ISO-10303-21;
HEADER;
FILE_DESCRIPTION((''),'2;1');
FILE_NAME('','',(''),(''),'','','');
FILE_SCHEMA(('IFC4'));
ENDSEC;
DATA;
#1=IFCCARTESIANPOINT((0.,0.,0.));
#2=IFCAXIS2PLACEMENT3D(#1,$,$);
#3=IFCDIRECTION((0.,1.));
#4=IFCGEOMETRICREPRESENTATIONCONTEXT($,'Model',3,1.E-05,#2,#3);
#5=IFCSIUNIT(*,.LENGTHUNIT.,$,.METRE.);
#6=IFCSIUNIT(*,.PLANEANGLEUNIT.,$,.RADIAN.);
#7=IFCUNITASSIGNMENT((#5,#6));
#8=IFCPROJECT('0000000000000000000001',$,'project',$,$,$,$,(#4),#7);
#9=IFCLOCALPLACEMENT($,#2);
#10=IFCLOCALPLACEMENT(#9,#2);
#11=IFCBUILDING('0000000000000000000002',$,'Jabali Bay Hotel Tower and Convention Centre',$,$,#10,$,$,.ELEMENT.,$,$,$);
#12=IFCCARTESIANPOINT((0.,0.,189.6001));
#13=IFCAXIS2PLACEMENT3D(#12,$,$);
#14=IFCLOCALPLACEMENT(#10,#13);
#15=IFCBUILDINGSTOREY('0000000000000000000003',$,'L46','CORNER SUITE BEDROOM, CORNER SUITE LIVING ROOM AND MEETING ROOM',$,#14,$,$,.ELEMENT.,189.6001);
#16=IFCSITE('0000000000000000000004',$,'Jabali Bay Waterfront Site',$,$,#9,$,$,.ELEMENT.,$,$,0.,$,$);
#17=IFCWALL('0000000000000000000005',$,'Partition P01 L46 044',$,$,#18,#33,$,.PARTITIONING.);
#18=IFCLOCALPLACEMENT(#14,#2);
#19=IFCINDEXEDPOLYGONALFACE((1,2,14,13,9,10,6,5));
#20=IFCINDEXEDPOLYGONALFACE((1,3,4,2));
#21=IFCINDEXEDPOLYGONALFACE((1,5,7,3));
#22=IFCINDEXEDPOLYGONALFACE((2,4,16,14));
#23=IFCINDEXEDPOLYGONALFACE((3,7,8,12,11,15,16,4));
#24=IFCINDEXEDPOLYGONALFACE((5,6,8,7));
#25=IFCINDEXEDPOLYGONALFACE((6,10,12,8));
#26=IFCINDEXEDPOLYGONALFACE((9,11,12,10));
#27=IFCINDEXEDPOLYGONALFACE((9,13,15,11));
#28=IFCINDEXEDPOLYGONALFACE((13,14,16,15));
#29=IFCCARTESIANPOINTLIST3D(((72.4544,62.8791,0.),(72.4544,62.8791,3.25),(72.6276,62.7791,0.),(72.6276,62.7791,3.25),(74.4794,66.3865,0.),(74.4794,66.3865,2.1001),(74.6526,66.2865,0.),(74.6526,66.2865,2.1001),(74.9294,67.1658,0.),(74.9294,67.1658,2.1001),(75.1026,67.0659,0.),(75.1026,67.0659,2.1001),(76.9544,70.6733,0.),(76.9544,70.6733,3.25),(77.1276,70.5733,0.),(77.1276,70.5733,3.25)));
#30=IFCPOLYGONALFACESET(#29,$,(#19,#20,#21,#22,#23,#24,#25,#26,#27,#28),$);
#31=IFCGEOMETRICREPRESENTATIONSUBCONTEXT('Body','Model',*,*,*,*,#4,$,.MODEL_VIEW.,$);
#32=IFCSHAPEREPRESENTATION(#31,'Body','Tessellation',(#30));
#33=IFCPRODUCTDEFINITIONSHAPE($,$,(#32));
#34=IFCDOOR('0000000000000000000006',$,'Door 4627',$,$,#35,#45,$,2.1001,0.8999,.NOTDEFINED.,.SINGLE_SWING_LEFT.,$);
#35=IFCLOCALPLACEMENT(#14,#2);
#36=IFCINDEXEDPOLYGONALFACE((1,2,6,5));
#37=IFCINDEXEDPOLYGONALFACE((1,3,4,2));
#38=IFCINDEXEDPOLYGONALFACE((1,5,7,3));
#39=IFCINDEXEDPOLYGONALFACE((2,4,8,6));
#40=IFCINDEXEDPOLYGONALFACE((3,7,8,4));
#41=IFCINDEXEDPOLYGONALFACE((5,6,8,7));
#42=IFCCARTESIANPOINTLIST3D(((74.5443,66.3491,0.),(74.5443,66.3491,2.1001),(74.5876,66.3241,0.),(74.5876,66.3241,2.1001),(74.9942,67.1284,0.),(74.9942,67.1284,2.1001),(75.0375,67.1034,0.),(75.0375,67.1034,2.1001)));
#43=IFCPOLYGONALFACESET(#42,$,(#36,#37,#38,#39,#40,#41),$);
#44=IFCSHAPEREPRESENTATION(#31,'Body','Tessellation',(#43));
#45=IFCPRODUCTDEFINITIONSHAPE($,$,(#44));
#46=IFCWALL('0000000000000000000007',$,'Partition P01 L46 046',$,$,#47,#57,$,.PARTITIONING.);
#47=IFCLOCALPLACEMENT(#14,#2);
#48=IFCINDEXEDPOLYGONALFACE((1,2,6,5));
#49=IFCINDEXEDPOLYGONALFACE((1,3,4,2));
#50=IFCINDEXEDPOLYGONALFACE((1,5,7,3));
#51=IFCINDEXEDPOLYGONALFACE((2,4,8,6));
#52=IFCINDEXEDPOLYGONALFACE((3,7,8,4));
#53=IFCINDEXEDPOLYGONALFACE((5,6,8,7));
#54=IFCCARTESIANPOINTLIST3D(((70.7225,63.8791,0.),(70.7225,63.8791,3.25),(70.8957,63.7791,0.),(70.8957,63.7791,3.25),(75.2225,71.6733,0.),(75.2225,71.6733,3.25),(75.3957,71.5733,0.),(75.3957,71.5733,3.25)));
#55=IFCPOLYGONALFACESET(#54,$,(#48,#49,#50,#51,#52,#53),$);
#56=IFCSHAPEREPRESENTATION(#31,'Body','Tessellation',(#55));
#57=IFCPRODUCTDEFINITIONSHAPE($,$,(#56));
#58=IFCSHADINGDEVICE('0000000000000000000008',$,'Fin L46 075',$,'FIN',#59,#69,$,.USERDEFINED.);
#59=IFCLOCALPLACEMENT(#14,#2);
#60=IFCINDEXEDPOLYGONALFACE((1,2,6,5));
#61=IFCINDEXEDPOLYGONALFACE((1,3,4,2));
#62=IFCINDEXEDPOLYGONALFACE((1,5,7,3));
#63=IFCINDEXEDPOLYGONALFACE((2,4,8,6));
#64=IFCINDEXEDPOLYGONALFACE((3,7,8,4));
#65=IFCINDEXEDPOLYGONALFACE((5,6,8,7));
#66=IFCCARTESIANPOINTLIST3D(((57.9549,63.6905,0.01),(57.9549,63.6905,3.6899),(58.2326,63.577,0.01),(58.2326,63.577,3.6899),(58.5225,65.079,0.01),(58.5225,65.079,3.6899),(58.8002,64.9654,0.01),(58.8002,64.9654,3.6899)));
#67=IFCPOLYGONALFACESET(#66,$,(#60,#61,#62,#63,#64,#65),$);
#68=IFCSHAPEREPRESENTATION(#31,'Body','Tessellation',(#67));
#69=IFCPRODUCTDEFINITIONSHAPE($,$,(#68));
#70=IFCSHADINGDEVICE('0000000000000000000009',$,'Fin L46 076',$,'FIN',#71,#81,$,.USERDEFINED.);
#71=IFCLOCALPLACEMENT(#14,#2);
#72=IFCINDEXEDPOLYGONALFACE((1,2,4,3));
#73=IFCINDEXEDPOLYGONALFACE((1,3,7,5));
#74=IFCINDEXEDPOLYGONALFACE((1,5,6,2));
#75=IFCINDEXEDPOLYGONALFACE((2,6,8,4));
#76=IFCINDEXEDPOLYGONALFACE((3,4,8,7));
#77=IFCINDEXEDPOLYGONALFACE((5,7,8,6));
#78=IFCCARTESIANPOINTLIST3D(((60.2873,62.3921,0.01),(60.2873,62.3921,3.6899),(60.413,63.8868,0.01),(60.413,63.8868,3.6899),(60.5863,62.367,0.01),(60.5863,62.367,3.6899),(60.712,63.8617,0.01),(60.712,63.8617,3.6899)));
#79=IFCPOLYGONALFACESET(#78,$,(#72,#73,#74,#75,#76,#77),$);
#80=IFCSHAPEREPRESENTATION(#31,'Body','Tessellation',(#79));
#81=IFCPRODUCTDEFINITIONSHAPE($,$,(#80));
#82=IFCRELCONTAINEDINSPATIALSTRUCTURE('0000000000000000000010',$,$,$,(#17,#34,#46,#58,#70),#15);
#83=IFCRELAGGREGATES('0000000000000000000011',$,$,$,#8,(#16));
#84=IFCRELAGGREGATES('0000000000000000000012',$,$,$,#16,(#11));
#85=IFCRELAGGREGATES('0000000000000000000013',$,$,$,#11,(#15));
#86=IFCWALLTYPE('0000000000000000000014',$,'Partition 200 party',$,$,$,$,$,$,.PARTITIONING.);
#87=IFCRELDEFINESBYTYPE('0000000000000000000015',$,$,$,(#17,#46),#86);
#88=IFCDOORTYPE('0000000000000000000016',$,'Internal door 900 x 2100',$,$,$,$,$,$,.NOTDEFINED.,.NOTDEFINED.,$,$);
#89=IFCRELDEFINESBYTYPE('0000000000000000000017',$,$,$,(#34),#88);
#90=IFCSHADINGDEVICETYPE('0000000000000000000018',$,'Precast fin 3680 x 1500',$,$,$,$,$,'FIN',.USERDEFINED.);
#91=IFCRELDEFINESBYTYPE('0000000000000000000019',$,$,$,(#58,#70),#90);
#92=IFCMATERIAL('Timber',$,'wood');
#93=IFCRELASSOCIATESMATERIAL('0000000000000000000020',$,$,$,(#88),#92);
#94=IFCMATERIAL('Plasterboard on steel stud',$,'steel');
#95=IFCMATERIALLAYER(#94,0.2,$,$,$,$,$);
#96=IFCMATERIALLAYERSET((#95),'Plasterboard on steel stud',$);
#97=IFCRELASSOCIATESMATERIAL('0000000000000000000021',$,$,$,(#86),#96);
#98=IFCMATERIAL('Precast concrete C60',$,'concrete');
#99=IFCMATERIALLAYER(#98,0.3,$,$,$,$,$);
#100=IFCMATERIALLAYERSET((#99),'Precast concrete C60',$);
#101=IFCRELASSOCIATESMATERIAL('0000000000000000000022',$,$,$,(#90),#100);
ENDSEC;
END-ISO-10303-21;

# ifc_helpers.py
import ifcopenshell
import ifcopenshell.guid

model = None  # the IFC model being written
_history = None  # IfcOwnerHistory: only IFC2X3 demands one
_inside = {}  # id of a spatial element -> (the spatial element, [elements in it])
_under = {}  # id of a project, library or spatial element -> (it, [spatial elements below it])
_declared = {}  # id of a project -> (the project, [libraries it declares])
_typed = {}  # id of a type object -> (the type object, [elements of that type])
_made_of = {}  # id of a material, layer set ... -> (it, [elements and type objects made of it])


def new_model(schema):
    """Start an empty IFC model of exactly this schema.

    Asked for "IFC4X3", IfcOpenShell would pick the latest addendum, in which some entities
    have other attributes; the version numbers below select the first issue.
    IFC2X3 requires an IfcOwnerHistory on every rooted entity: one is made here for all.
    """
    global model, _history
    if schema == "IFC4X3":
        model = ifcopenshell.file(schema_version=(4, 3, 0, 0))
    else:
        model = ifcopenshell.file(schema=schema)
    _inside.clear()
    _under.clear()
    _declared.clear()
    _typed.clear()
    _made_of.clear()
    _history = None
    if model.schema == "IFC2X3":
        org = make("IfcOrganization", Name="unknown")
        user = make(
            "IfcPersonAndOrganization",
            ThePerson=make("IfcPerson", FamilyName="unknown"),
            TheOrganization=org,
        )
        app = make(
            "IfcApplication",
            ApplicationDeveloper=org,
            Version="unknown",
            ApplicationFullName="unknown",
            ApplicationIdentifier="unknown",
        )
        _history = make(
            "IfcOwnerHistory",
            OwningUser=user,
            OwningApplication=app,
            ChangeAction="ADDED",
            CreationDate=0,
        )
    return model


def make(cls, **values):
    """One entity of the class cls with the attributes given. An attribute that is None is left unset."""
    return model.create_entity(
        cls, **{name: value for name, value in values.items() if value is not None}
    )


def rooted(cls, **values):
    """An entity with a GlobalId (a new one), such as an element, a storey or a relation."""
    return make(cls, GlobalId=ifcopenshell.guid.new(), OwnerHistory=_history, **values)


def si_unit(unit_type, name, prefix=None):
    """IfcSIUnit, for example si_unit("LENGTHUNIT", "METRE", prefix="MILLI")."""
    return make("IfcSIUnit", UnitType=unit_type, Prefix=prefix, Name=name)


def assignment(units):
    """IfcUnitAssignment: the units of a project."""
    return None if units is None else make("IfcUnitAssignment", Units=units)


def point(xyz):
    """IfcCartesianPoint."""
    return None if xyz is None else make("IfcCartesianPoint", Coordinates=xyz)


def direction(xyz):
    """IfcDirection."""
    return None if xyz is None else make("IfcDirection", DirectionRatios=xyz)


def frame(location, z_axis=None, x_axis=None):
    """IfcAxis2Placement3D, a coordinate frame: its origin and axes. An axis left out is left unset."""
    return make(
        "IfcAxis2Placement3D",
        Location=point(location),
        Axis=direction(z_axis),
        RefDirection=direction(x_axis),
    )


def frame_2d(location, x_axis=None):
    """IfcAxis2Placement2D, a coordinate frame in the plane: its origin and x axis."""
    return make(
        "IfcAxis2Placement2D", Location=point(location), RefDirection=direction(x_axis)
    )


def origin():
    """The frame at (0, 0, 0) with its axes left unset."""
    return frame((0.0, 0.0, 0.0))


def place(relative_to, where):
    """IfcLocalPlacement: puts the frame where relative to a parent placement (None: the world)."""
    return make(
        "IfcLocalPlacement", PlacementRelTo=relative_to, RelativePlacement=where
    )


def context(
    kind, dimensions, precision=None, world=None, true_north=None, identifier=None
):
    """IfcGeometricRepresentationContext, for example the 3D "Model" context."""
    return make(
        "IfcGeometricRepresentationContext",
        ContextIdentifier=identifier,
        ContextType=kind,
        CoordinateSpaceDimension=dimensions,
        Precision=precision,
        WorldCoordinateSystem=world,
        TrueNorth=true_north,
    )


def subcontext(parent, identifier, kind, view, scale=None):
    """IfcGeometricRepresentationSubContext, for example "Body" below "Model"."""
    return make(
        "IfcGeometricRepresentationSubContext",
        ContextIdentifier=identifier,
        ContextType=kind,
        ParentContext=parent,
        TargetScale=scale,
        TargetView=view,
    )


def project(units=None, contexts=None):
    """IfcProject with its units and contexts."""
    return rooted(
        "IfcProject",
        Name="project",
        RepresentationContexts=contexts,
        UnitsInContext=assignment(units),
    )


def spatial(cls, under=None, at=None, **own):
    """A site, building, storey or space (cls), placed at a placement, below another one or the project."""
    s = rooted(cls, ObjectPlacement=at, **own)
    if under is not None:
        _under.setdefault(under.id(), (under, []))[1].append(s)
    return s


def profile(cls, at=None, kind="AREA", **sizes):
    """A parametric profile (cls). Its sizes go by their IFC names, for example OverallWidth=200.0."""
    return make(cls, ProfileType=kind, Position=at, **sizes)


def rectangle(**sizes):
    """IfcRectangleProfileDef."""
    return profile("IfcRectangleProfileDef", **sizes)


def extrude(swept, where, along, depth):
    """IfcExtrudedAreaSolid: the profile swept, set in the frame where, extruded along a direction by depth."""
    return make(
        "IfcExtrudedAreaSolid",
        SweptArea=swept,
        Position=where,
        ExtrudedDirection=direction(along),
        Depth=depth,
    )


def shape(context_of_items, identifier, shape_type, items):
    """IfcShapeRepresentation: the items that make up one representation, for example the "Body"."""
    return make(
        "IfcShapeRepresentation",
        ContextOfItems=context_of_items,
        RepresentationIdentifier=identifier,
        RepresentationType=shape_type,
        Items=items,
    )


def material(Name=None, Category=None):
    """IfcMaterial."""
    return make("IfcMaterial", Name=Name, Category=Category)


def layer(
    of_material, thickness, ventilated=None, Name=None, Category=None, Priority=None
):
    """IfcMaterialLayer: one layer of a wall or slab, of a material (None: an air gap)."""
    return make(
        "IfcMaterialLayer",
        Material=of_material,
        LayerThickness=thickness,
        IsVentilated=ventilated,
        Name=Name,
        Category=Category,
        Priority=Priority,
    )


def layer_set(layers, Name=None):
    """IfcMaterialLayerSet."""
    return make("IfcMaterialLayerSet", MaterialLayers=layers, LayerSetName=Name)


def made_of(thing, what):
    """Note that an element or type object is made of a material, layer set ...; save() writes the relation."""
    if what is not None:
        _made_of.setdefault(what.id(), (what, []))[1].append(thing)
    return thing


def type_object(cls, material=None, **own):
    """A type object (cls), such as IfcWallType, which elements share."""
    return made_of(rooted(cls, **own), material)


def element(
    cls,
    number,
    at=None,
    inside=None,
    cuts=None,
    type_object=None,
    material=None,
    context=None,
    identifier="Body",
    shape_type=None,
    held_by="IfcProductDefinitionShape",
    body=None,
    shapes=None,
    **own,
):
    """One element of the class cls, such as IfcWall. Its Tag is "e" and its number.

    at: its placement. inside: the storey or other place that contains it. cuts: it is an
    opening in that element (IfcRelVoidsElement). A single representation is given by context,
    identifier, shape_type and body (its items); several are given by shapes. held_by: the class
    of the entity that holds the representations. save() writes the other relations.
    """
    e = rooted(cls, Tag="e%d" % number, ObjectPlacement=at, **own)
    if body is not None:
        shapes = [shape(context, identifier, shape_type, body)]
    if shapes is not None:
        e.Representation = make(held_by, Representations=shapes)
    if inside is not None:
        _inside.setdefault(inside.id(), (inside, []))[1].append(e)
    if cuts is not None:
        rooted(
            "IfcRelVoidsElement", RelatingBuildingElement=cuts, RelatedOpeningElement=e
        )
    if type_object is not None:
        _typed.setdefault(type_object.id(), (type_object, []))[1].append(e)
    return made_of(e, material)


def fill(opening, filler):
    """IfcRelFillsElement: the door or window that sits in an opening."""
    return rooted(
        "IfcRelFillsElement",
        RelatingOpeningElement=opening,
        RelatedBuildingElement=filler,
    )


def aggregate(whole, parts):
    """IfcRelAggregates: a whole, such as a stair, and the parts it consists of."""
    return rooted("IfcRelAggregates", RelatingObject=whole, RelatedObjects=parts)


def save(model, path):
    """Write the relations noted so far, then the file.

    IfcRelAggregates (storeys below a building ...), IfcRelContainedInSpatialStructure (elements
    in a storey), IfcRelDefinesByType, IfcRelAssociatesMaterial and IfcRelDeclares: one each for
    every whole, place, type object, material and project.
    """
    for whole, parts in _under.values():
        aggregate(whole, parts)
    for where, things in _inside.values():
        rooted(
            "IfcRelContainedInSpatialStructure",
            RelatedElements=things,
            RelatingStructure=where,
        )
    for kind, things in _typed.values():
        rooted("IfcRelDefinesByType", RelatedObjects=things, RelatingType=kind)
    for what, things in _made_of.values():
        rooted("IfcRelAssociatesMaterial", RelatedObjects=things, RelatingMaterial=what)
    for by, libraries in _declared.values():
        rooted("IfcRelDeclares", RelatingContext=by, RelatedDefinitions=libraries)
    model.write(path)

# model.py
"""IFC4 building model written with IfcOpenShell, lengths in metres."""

from ifc_helpers import new_model, si_unit, direction, frame, frame_2d, origin, place, context, subcontext, project, spatial, rectangle, extrude, material, layer, layer_set, type_object, element, fill, save


model = new_model("IFC4")

# Units and contexts
model_context = context("Model", 3, precision=1e-05, world=origin(), true_north=direction((0.0, 1.0)))
body_context = subcontext(model_context, "Body", "Model", "MODEL_VIEW")
ifc_project = project(units=[si_unit("LENGTHUNIT", "METRE"), si_unit("PLANEANGLEUNIT", "RADIAN")], contexts=[model_context])

# Site, building, storey
site_placement = place(None, origin())
site = spatial("IfcSite", under=ifc_project, at=site_placement, Name="Jabali Bay Waterfront Site", CompositionType="ELEMENT", RefElevation=0.0)
building_placement = place(site_placement, origin())
building = spatial("IfcBuilding", under=site, at=building_placement, Name="Jabali Bay Hotel Tower and Convention Centre", CompositionType="ELEMENT")
storey_placement = place(building_placement, frame((0.0, 0.0, 189.6001)))
storey = spatial("IfcBuildingStorey", under=building, at=storey_placement, Name="L46", Description="CORNER SUITE BEDROOM, CORNER SUITE LIVING ROOM AND MEETING ROOM", CompositionType="ELEMENT", Elevation=189.6001)

# Shared definitions
ifc_material_1 = material(Name="Timber", Category="wood")

# Shared definitions
ifc_material_2 = material(Name="Plasterboard on steel stud", Category="steel")
door_type_1 = type_object("IfcDoorType", Name="Internal door 900 x 2100", OperationType="NOTDEFINED", PredefinedType="NOTDEFINED", material=ifc_material_1)
ifc_layer_1 = layer(ifc_material_2, 0.2)
ifc_layer_set_1 = layer_set([ifc_layer_1], Name="Plasterboard on steel stud")
wall_type_1 = type_object("IfcWallType", Name="Partition 200 party", PredefinedType="PARTITIONING", material=ifc_layer_set_1)

# Wall, opening, door
wall_1_placement = place(storey_placement, frame((77.041, 70.6233, 0.0), z_axis=(0.0, 0.0, 1.0), x_axis=(-0.500002, -0.866024, 0.0)))
wall_1 = element("IfcWall", 1, at=wall_1_placement, inside=storey, type_object=wall_type_1, Name="Partition P01 L46 044", PredefinedType="PARTITIONING", context=body_context, shape_type="SweptSolid", body=[
    extrude(rectangle(XDim=9.0, YDim=0.2, at=frame_2d((4.5, 0.0))), origin(), (0.0, 0.0, 1.0), 3.25),
])
opening_1_placement = place(wall_1_placement, frame((4.05, 0.0, 0.0)))
opening_1 = element("IfcOpeningElement", 2, at=opening_1_placement, cuts=wall_1, PredefinedType="OPENING", context=body_context, shape_type="SweptSolid", body=[
    extrude(rectangle(XDim=0.8999, YDim=2.1001, at=frame_2d((0.45, 1.05))), frame((0.0, 0.1104, 0.0), z_axis=(0.0, -1.0, 0.0), x_axis=(1.0, 0.0, 0.0)), (0.0, 0.0, 1.0), 0.2209),
])
door_1_placement = place(opening_1_placement, origin())
door_1 = element("IfcDoor", 3, at=door_1_placement, inside=storey, type_object=door_type_1, Name="Door 4627", OperationType="SINGLE_SWING_LEFT", OverallHeight=2.1001, OverallWidth=0.8999, PredefinedType="NOTDEFINED", context=body_context, shape_type="SweptSolid", body=[
    extrude(rectangle(XDim=0.8999, YDim=2.1001, at=frame_2d((0.45, 1.05))), frame((0.0, 0.0249, 0.0), z_axis=(0.0, -1.0, 0.0), x_axis=(1.0, 0.0, 0.0)), (0.0, 0.0, 1.0), 0.05),
])
fill(opening_1, door_1)

# Wall
wall_2_placement = place(storey_placement, frame((70.8091, 63.8291, 0.0), z_axis=(0.0, 0.0, 1.0), x_axis=(0.500002, 0.866024, 0.0)))
element("IfcWall", 4, at=wall_2_placement, inside=storey, type_object=wall_type_1, Name="Partition P01 L46 046", PredefinedType="PARTITIONING", context=body_context, shape_type="SweptSolid", body=[
    extrude(rectangle(XDim=9.0, YDim=0.2, at=frame_2d((4.5, 0.0))), origin(), (0.0, 0.0, 1.0), 3.25),
])

# Shading devices
ifc_material_3 = material(Name="Precast concrete C60", Category="concrete")
ifc_layer_2 = layer(ifc_material_3, 0.3)
ifc_layer_set_2 = layer_set([ifc_layer_2], Name="Precast concrete C60")
shading_device_type = type_object("IfcShadingDeviceType", Name="Precast fin 3680 x 1500", ElementType="FIN", PredefinedType="USERDEFINED", material=ifc_layer_set_2)
for number, where, z_axis, x_axis, name in (
    (5, (58.6614, 65.0222, 0.01), (0.0, 0.0, 1.0), (-0.378424, -0.925632, 0.0), "Fin L46 075"),
    (6, (60.5625, 63.8743, 0.01), (0.0, 0.0, 1.0), (-0.083827, -0.99648, 0.0), "Fin L46 076"),
):
    element("IfcShadingDevice", number, at=place(storey_placement, frame(where, z_axis=z_axis, x_axis=x_axis)), inside=storey, type_object=shading_device_type, Name=name, ObjectType="FIN", PredefinedType="USERDEFINED", context=body_context, shape_type="SweptSolid", body=[
        extrude(rectangle(XDim=1.5, YDim=0.3, at=frame_2d((0.75, 0.0))), origin(), (0.0, 0.0, 1.0), 3.6799),
    ])

save(model, "model.ifc")
